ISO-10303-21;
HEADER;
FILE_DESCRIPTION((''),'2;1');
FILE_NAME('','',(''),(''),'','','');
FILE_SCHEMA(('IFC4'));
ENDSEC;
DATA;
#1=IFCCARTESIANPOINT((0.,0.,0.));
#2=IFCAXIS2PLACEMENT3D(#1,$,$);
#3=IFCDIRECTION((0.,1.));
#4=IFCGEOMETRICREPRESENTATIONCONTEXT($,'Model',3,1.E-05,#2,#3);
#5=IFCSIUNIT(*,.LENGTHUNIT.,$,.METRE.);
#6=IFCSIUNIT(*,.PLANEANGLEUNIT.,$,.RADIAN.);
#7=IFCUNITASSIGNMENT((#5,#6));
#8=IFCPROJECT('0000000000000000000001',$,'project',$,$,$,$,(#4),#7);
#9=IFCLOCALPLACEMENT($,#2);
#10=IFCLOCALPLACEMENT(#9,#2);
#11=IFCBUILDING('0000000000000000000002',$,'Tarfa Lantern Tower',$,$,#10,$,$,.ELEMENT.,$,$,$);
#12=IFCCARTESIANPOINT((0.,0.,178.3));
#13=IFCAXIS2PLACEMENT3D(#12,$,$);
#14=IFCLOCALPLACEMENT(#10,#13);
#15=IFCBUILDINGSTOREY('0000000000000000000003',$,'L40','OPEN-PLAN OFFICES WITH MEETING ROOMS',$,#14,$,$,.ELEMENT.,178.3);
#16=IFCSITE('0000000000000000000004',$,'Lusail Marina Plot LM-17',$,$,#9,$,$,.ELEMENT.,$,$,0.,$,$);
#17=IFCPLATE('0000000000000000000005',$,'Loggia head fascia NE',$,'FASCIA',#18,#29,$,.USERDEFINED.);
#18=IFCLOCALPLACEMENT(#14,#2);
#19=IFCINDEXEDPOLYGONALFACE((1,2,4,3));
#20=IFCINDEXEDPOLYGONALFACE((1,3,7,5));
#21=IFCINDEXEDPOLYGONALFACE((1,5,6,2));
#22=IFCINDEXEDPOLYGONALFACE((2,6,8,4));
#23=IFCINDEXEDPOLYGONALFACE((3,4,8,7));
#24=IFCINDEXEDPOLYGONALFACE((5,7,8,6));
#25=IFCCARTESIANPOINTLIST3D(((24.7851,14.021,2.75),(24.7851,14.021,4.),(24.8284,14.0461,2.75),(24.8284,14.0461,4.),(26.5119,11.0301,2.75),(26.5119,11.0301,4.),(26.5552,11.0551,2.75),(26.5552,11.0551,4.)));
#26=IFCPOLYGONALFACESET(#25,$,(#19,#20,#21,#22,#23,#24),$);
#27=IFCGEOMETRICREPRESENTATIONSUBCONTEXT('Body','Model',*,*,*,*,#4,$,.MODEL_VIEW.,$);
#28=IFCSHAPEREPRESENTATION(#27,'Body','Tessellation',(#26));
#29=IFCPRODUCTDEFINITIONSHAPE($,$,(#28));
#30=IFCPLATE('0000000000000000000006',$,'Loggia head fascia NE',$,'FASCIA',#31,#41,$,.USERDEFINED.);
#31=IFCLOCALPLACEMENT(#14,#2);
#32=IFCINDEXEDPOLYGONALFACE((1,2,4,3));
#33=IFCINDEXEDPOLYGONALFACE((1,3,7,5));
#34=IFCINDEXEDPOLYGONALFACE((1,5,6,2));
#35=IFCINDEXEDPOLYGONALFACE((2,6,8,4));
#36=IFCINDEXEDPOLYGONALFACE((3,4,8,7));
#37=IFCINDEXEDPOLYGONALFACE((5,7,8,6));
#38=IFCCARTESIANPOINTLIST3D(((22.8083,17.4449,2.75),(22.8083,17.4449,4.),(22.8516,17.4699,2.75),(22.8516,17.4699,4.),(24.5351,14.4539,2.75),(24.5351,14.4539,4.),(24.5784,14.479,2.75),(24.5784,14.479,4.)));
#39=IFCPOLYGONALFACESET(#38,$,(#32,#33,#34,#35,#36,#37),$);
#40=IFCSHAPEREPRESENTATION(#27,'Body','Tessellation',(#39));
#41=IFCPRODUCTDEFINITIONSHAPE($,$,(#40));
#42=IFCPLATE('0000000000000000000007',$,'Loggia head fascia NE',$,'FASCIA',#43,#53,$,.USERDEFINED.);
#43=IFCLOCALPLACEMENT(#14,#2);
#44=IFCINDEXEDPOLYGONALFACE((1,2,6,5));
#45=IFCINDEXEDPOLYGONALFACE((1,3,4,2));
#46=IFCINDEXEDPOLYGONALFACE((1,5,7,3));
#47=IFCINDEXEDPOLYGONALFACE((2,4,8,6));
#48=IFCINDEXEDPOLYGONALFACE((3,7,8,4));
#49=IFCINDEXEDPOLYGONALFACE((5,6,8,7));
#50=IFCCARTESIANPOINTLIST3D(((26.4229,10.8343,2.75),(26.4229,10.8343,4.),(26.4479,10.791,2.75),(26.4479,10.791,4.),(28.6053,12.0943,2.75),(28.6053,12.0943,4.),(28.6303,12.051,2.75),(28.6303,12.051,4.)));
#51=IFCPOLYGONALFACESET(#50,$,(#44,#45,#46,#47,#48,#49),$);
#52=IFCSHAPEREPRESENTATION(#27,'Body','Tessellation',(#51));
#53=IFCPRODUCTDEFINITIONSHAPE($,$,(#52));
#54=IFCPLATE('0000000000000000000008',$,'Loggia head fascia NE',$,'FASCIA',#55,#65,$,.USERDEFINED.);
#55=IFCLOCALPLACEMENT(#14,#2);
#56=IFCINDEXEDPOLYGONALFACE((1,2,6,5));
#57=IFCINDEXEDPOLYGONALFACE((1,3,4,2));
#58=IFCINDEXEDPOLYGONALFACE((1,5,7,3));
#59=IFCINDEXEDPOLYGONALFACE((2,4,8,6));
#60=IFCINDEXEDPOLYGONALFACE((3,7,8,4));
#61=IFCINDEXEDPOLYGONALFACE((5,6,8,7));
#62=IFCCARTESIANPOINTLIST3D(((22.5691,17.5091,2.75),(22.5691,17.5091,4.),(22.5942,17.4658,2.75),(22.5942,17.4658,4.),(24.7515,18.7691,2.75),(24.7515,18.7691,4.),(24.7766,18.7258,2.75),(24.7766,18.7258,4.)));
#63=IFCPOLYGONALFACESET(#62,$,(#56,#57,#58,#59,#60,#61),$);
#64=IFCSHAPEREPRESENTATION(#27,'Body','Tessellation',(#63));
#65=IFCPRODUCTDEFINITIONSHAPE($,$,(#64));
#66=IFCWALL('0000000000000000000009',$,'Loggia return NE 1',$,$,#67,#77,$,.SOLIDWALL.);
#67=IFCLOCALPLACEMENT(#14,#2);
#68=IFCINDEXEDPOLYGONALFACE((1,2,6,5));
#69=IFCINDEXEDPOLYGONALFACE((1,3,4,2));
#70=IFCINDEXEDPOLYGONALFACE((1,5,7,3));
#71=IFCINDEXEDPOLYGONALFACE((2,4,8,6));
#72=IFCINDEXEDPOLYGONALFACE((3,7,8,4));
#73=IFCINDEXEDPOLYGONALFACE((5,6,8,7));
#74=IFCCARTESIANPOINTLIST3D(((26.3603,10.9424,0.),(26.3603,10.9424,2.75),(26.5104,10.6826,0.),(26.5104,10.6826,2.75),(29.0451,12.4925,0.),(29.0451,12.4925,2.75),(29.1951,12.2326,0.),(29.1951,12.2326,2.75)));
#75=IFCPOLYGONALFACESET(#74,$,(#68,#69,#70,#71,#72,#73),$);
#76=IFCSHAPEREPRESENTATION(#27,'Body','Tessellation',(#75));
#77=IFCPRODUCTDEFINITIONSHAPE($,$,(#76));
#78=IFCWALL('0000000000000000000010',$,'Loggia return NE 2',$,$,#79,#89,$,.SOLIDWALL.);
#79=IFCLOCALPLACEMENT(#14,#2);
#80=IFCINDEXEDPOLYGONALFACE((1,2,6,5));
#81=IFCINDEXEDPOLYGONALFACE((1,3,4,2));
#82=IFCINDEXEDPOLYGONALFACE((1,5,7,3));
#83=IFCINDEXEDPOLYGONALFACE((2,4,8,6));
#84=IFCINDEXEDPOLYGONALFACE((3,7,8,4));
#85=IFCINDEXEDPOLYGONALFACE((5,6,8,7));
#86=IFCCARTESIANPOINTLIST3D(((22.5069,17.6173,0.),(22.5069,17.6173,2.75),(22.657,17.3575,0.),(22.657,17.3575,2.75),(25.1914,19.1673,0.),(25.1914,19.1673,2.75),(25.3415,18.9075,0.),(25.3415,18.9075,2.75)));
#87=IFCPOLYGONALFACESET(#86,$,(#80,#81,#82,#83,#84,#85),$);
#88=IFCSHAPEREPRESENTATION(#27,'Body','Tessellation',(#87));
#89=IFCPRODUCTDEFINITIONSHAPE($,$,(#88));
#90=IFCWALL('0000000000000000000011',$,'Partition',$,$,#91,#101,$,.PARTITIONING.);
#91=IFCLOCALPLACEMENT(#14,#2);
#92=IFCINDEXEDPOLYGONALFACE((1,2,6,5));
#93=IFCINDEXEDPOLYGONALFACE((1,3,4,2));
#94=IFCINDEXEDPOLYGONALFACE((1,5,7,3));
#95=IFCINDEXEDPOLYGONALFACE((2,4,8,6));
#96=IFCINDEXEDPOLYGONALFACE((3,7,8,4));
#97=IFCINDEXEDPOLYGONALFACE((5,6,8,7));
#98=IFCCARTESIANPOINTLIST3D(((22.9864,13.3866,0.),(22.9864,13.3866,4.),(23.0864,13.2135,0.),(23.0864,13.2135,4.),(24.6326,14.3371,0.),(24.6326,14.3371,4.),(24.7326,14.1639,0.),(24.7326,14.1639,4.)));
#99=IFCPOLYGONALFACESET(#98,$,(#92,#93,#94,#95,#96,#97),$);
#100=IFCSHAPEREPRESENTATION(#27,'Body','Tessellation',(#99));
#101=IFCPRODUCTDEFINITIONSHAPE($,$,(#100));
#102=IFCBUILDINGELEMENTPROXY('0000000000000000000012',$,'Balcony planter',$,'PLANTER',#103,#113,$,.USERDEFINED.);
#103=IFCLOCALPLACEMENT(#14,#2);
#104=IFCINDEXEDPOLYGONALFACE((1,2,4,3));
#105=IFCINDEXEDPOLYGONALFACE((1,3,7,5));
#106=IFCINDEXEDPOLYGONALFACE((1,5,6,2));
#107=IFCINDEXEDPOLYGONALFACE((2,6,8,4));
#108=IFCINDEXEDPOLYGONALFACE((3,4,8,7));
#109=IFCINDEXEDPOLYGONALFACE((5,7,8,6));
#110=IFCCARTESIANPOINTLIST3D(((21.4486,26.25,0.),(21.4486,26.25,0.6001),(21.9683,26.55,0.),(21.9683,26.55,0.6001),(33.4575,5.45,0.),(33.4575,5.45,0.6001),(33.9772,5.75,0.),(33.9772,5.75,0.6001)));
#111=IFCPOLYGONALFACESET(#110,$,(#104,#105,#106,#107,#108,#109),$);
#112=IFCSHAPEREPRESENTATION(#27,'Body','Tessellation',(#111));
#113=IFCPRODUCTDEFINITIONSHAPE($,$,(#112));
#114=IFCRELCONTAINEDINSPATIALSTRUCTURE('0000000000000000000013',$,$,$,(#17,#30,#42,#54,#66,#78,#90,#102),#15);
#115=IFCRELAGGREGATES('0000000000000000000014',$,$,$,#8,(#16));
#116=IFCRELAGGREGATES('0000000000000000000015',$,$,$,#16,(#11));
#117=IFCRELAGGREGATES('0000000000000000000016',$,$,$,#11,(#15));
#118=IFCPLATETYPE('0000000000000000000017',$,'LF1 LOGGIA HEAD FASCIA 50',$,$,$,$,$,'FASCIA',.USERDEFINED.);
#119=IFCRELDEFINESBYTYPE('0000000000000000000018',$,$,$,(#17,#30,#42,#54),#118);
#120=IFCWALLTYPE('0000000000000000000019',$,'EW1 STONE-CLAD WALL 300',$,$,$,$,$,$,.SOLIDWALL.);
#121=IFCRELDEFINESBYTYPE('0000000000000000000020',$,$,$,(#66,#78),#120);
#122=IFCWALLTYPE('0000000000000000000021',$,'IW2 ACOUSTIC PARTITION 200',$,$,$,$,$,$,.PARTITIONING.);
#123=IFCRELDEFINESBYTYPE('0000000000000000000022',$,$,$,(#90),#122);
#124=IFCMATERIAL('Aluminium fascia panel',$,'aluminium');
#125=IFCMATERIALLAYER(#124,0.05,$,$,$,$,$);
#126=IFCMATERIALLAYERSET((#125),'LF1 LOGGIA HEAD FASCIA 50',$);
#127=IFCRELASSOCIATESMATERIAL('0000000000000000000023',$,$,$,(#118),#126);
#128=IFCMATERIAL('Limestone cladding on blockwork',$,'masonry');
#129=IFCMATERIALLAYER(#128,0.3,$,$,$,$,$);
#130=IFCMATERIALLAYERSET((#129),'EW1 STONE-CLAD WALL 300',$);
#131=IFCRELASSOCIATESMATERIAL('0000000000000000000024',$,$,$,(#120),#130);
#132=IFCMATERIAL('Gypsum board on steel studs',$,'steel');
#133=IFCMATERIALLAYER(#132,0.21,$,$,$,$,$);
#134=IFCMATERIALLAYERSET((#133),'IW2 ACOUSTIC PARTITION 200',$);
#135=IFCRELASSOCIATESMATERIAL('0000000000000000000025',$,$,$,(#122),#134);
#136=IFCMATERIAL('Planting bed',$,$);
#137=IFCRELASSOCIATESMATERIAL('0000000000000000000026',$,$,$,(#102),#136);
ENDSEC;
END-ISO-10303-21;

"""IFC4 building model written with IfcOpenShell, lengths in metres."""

from ifc_helpers import new_model, si_unit, direction, frame, frame_2d, origin, origin_2d, place, context, subcontext, project, spatial, rectangle, extrude, material, layer, layer_set, type_object, element, save


model = new_model("IFC4")

# Units and contexts
model_context = context("Model", 3, precision=1e-05, world=origin(), true_north=direction((0.0, 1.0)))
body_context = subcontext(model_context, "Body", "Model", "MODEL_VIEW")
ifc_project = project(units=[si_unit("LENGTHUNIT", "METRE"), si_unit("PLANEANGLEUNIT", "RADIAN")], contexts=[model_context])

# Site, building, storey
site_placement = place(None, origin())
site = spatial("IfcSite", under=ifc_project, at=site_placement, Name="Lusail Marina Plot LM-17", CompositionType="ELEMENT", RefElevation=0.0)
building_placement = place(site_placement, origin())
building = spatial("IfcBuilding", under=site, at=building_placement, Name="Tarfa Lantern Tower", CompositionType="ELEMENT")
storey_placement = place(building_placement, frame((0.0, 0.0, 178.3)))
storey = spatial("IfcBuildingStorey", under=building, at=storey_placement, Name="L40", Description="OPEN-PLAN OFFICES WITH MEETING ROOMS", CompositionType="ELEMENT", Elevation=178.3)

# Plates
ifc_material_1 = material(Name="Aluminium fascia panel", Category="aluminium")
ifc_layer_1 = layer(ifc_material_1, 0.05)
ifc_layer_set_1 = layer_set([ifc_layer_1], Name="LF1 LOGGIA HEAD FASCIA 50")
plate_type_1 = type_object("IfcPlateType", Name="LF1 LOGGIA HEAD FASCIA 50", ElementType="FASCIA", PredefinedType="USERDEFINED", material=ifc_layer_set_1)
for number, where, z_axis, x_axis, name in (
    (1, (25.6702, 12.5381, 2.75), (0.0, 0.0, 1.0), (-0.5, 0.866025, 0.0), "Loggia head fascia NE"),
    (2, (23.6934, 15.9619, 2.75), (0.0, 0.0, 1.0), (-0.5, 0.866025, 0.0), "Loggia head fascia NE"),
):
    element("IfcPlate", number, at=place(storey_placement, frame(where, z_axis=z_axis, x_axis=x_axis)), inside=storey, type_object=plate_type_1, Name=name, ObjectType="FASCIA", PredefinedType="USERDEFINED", context=body_context, shape_type="SweptSolid", body=[
        extrude(rectangle(XDim=3.4536, YDim=0.05, at=origin_2d()), origin(), (0.0, 0.0, 1.0), 1.25),
    ])
for number, where, z_axis, x_axis, name in (
    (3, (27.5266, 11.4426, 2.75), (0.0, 0.0, 1.0), (-0.866025, -0.5, 0.0), "Loggia head fascia NE"),
    (4, (23.6729, 18.1174, 2.75), (0.0, 0.0, 1.0), (-0.866025, -0.5, 0.0), "Loggia head fascia NE"),
):
    element("IfcPlate", number, at=place(storey_placement, frame(where, z_axis=z_axis, x_axis=x_axis)), inside=storey, type_object=plate_type_1, Name=name, ObjectType="FASCIA", PredefinedType="USERDEFINED", context=body_context, shape_type="SweptSolid", body=[
        extrude(rectangle(XDim=2.52, YDim=0.05, at=origin_2d()), origin(), (0.0, 0.0, 1.0), 1.25),
    ])

# Walls
ifc_material_2 = material(Name="Limestone cladding on blockwork", Category="masonry")
ifc_layer_2 = layer(ifc_material_2, 0.3)
ifc_layer_set_2 = layer_set([ifc_layer_2], Name="EW1 STONE-CLAD WALL 300")
wall_type_1 = type_object("IfcWallType", Name="EW1 STONE-CLAD WALL 300", PredefinedType="SOLIDWALL", material=ifc_layer_set_2)
wall_1_placement = place(storey_placement, frame((29.1201, 12.3625, 0.0), z_axis=(0.0, 0.0, 1.0), x_axis=(-0.86603, -0.499993, 0.0)))
element("IfcWall", 5, at=wall_1_placement, inside=storey, type_object=wall_type_1, Name="Loggia return NE 1", PredefinedType="SOLIDWALL", context=body_context, shape_type="SweptSolid", body=[
    extrude(rectangle(XDim=3.1001, YDim=0.3, at=frame_2d((1.55, 0.0))), origin(), (0.0, 0.0, 1.0), 2.75),
])
wall_2_placement = place(storey_placement, frame((25.2664, 19.0374, 0.0), z_axis=(0.0, 0.0, 1.0), x_axis=(-0.86601, -0.500027, 0.0)))
element("IfcWall", 6, at=wall_2_placement, inside=storey, type_object=wall_type_1, Name="Loggia return NE 2", PredefinedType="SOLIDWALL", context=body_context, shape_type="SweptSolid", body=[
    extrude(rectangle(XDim=3.0999, YDim=0.3, at=frame_2d((1.5498, 0.0))), origin(), (0.0, 0.0, 1.0), 2.75),
])
ifc_material_3 = material(Name="Gypsum board on steel studs", Category="steel")
ifc_layer_3 = layer(ifc_material_3, 0.21)
ifc_layer_set_3 = layer_set([ifc_layer_3], Name="IW2 ACOUSTIC PARTITION 200")
wall_type_2 = type_object("IfcWallType", Name="IW2 ACOUSTIC PARTITION 200", PredefinedType="PARTITIONING", material=ifc_layer_set_3)
wall_3_placement = place(storey_placement, frame((23.0364, 13.3, 0.0), z_axis=(0.0, 0.0, 1.0), x_axis=(0.866029, 0.499993, 0.0)))
element("IfcWall", 7, at=wall_3_placement, inside=storey, type_object=wall_type_2, Name="Partition", PredefinedType="PARTITIONING", context=body_context, shape_type="SweptSolid", body=[
    extrude(rectangle(XDim=1.9009, YDim=0.2, at=frame_2d((0.9504, 0.0))), origin(), (0.0, 0.0, 1.0), 4.0),
])

# Building element proxy
ifc_material_4 = material(Name="Planting bed")
proxy_placement = place(storey_placement, frame((27.7129, 16.0, 0.0), z_axis=(0.0, 0.0, 1.0), x_axis=(-0.5, 0.866025, 0.0)))
element("IfcBuildingElementProxy", 8, at=proxy_placement, inside=storey, material=ifc_material_4, Name="Balcony planter", ObjectType="PLANTER", PredefinedType="USERDEFINED", context=body_context, shape_type="SweptSolid", body=[
    extrude(rectangle(XDim=24.0178, YDim=0.6001, at=origin_2d()), origin(), (0.0, 0.0, 1.0), 0.6001),
])

save(model, "model.ifc")
